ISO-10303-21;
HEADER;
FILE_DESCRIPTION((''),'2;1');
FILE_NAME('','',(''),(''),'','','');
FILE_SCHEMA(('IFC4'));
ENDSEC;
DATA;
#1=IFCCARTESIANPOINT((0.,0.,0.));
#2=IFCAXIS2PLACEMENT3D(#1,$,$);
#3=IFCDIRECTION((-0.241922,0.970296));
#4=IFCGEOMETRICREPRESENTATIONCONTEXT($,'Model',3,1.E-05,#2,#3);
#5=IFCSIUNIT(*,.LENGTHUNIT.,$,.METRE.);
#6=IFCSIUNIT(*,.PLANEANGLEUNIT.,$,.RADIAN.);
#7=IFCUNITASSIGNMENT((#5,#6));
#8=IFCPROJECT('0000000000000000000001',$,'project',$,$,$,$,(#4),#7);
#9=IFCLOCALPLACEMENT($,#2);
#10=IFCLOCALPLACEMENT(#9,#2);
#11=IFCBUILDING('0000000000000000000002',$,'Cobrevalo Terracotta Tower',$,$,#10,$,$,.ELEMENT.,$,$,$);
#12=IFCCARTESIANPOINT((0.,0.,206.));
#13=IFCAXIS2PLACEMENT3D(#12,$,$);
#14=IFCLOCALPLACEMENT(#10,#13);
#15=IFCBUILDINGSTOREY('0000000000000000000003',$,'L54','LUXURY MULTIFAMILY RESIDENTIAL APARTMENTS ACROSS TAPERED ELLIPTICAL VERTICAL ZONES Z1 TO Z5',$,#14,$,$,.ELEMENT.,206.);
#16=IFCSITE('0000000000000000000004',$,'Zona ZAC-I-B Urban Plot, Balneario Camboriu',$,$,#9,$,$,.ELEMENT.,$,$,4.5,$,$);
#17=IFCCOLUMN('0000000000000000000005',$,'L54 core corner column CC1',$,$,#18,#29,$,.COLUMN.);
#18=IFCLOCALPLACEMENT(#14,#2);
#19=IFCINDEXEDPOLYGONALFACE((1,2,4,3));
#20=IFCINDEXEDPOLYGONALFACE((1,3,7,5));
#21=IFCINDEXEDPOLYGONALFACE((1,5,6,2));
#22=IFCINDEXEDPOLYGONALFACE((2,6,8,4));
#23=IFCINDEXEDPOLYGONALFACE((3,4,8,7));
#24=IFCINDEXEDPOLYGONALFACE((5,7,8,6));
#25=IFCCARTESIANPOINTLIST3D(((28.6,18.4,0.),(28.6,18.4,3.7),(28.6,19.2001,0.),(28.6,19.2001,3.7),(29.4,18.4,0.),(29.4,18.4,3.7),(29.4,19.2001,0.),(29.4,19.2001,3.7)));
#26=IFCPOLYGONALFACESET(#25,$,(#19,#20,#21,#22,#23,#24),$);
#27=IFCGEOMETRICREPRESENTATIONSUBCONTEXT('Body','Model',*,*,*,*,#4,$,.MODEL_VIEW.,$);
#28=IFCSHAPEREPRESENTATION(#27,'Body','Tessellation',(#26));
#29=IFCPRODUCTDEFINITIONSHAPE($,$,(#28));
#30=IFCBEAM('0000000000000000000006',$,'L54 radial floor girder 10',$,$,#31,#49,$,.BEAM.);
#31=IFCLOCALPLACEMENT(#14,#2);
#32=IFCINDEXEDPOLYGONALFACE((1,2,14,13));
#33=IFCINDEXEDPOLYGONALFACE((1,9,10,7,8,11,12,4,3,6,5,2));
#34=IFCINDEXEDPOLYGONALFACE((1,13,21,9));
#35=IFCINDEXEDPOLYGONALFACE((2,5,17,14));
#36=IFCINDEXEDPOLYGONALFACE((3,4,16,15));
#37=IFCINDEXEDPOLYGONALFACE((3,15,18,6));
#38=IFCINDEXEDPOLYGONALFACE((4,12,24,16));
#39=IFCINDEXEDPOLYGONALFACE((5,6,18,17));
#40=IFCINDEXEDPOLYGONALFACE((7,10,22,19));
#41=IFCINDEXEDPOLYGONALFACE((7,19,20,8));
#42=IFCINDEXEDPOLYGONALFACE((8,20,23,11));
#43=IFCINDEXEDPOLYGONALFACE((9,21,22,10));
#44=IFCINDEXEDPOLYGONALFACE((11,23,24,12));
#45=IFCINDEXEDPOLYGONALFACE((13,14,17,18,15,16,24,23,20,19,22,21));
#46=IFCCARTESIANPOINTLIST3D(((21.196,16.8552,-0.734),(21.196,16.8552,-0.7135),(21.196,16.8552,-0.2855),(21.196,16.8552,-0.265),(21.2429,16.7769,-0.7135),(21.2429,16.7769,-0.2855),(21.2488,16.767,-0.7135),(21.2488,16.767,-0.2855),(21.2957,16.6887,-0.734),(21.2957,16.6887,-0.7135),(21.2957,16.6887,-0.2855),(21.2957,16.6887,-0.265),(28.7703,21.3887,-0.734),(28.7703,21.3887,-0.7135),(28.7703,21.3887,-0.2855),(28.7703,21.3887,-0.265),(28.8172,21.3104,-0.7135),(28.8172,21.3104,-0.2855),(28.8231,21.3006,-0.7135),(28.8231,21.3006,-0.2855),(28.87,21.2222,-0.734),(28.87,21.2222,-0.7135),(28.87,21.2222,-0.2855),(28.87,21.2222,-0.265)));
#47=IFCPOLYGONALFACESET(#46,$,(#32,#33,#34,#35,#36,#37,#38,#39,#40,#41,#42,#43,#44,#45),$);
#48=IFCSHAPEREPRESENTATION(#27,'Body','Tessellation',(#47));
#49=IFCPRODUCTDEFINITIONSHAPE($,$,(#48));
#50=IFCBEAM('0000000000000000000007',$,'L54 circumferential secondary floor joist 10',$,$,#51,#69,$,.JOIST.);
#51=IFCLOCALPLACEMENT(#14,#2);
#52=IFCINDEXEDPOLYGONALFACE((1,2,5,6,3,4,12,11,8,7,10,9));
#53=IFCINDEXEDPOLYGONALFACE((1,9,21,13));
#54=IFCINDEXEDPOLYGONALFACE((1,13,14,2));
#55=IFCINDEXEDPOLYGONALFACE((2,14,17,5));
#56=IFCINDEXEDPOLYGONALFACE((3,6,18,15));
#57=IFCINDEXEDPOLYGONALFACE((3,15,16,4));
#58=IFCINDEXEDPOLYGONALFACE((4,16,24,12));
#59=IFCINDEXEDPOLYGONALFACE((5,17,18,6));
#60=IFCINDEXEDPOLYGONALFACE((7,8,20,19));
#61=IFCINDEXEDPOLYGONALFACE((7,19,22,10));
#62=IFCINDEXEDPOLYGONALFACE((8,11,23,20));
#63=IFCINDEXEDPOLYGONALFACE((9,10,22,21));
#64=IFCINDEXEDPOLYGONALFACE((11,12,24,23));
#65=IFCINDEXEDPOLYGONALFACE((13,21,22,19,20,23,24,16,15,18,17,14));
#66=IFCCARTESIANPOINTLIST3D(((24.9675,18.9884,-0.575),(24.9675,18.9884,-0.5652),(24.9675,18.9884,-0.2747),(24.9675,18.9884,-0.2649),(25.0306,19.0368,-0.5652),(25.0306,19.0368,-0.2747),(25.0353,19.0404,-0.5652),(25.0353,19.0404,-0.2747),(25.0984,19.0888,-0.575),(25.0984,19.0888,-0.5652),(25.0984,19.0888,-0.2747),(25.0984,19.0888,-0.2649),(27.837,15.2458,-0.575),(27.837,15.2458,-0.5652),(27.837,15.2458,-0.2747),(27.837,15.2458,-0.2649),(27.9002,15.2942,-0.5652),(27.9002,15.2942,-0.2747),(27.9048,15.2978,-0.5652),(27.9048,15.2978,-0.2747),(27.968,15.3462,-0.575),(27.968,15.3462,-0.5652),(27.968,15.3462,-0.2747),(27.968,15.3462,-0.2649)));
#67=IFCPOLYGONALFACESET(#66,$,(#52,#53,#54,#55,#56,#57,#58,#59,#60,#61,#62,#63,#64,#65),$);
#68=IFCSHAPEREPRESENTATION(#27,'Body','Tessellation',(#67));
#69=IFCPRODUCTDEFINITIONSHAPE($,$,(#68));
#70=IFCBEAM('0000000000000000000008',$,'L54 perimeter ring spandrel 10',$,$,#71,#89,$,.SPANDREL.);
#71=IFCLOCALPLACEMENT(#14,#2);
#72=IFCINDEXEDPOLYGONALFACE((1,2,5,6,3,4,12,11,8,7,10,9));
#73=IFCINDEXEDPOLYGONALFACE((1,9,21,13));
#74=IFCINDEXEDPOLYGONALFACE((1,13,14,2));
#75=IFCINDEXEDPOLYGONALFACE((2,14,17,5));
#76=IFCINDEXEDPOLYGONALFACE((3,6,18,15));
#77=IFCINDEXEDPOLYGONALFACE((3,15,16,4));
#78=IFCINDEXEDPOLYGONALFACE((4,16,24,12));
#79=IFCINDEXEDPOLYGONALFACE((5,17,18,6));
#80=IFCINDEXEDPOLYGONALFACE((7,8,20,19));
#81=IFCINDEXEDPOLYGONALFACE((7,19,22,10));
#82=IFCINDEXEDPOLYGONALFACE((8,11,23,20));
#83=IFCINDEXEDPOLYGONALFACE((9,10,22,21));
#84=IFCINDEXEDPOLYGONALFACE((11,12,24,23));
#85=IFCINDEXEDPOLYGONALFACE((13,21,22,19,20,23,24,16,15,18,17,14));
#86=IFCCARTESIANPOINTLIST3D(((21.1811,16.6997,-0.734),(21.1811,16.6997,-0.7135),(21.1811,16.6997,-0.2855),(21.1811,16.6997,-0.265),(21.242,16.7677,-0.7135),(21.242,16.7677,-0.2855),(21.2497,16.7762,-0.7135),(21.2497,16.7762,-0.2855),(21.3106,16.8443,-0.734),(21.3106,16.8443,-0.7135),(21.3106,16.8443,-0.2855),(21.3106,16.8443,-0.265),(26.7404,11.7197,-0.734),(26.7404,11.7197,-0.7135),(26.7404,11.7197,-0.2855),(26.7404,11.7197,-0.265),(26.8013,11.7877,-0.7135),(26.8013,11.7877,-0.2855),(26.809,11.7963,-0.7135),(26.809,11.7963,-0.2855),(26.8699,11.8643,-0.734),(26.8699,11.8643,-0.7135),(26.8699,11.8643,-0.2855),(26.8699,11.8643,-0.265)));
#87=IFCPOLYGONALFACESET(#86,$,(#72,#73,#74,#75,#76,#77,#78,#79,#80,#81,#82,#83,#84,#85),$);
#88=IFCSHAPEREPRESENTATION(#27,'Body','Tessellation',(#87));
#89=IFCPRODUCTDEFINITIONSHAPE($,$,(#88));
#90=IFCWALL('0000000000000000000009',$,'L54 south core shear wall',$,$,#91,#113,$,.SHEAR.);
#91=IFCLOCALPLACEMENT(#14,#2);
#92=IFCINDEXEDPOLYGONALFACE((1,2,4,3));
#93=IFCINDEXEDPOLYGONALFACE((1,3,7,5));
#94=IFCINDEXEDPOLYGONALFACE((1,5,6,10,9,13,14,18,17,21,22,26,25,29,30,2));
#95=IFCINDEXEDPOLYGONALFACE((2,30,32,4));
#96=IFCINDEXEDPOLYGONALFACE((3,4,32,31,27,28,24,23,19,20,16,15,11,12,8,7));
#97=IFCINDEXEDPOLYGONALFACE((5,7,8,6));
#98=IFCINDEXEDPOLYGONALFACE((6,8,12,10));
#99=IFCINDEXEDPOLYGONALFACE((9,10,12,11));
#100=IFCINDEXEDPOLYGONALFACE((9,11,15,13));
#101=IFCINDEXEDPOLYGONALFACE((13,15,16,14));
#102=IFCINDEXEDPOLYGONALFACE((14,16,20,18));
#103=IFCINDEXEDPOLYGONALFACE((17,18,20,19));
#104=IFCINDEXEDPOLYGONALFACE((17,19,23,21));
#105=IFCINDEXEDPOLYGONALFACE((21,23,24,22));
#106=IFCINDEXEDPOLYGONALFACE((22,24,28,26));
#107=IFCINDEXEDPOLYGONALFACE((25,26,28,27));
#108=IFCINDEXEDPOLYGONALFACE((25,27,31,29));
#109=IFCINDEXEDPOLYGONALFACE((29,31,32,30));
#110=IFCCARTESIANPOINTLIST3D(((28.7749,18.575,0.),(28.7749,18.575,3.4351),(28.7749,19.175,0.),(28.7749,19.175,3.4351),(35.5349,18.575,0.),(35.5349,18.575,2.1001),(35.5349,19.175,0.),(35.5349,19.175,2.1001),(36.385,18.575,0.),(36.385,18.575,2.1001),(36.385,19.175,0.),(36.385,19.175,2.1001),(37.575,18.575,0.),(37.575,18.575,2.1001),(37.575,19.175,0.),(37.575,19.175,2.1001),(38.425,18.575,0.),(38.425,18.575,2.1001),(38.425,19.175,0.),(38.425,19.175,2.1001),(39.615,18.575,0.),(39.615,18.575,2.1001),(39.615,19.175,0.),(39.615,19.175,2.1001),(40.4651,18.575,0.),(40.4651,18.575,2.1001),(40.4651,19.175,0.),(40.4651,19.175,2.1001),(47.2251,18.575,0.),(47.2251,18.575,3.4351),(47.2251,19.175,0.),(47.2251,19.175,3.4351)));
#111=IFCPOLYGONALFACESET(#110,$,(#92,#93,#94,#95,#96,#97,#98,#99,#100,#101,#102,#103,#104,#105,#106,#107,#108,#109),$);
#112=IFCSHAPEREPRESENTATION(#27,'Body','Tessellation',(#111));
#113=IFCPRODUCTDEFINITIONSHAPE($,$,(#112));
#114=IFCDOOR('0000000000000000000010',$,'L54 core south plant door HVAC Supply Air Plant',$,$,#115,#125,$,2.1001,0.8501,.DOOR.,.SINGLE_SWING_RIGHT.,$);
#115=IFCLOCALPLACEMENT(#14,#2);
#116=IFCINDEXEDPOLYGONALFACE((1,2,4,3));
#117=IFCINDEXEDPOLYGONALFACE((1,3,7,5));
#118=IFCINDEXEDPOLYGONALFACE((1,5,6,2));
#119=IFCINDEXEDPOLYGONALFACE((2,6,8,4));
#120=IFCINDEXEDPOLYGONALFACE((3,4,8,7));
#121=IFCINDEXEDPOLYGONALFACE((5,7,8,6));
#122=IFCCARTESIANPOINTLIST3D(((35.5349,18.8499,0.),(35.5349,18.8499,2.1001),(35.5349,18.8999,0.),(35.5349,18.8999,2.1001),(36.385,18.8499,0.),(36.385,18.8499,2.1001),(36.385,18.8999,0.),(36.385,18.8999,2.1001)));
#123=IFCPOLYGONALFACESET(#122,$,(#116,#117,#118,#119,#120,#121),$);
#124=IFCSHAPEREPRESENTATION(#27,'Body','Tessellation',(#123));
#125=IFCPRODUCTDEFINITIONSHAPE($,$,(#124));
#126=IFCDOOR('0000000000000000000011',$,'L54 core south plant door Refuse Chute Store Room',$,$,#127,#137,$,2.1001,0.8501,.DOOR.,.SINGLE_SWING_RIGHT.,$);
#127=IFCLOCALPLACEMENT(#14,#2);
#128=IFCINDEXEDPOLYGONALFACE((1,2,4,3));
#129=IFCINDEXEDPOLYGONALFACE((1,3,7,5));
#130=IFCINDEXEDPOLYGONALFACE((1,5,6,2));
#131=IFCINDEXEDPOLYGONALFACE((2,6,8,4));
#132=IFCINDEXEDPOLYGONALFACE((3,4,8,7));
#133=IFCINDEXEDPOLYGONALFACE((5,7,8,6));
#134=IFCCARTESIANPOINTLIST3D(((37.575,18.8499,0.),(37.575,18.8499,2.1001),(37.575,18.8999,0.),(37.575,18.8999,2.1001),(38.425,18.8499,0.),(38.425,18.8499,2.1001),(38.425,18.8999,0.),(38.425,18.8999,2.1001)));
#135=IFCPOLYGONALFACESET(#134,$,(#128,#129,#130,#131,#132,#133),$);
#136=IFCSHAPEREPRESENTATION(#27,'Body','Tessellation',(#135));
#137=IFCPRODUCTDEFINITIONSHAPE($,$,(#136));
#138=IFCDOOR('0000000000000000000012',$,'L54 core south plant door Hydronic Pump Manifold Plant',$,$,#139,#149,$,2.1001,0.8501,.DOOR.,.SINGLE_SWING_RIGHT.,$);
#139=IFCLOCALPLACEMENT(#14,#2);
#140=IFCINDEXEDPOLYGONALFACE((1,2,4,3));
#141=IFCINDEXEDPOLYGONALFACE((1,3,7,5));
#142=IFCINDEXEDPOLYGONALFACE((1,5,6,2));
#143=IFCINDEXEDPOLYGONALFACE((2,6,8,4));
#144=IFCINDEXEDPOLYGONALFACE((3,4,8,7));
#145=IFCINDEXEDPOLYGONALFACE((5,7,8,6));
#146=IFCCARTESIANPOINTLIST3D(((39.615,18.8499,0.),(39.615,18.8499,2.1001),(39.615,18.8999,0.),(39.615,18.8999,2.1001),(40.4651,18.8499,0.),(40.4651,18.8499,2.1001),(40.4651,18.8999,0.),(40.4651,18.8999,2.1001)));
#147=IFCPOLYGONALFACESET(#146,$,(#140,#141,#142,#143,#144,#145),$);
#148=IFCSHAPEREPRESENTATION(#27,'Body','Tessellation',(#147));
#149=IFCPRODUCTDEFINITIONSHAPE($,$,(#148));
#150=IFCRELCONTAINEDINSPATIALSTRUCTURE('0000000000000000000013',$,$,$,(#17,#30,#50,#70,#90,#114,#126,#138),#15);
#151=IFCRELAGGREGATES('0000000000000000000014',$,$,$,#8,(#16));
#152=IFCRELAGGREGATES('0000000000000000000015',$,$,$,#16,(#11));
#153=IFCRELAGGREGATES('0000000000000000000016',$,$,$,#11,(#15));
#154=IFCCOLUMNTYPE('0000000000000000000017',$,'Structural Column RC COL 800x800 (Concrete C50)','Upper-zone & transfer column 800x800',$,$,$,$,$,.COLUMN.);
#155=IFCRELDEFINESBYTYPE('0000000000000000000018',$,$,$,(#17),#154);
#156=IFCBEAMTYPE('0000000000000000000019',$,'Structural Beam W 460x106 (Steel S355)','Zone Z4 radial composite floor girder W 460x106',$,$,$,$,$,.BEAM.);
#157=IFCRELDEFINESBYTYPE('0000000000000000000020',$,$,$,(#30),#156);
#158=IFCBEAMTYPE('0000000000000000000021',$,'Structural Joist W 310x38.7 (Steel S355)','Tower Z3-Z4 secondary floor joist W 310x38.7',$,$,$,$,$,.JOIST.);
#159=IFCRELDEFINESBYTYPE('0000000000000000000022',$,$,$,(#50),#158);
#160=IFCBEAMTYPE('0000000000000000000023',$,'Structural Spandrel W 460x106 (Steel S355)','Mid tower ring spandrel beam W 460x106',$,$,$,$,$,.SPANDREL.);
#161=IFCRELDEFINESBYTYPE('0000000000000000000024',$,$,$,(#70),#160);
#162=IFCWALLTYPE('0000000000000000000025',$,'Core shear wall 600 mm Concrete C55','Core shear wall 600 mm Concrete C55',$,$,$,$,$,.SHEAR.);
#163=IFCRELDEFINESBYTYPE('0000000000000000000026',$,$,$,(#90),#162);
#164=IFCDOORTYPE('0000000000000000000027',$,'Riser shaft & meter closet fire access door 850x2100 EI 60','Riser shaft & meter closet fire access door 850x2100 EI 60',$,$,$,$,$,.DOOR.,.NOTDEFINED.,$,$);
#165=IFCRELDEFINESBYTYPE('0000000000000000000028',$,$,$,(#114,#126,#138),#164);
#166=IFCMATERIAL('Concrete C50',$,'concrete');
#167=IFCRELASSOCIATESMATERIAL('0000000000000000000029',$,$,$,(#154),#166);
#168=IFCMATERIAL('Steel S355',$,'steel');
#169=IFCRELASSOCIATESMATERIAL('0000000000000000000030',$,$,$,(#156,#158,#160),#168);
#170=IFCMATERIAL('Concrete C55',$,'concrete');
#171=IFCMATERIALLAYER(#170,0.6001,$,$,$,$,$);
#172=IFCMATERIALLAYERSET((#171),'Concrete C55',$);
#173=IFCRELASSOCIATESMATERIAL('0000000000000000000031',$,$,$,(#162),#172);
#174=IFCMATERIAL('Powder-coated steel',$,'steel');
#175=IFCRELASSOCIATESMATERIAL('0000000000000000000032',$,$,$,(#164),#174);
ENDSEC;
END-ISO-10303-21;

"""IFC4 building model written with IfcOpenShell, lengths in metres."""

from ifc_helpers import new_model, si_unit, direction, frame, frame_2d, origin, origin_2d, place, context, subcontext, project, spatial, rectangle, i_section, extrude, source, transform, mapped, material, layer, layer_set, material_profile, profile_set, type_object, element, fill, save


model = new_model("IFC4")

# Units and contexts
model_context = context("Model", 3, precision=1e-05, world=origin(), true_north=direction((-0.241922, 0.970296)))
body_context = subcontext(model_context, "Body", "Model", "MODEL_VIEW")
ifc_project = project(units=[si_unit("LENGTHUNIT", "METRE"), si_unit("PLANEANGLEUNIT", "RADIAN")], contexts=[model_context])

# Site, building, storey
site_placement = place(None, origin())
site = spatial("IfcSite", under=ifc_project, at=site_placement, Name="Zona ZAC-I-B Urban Plot, Balneario Camboriu", CompositionType="ELEMENT", RefElevation=4.5)
building_placement = place(site_placement, origin())
building = spatial("IfcBuilding", under=site, at=building_placement, Name="Cobrevalo Terracotta Tower", CompositionType="ELEMENT")
storey_placement = place(building_placement, frame((0.0, 0.0, 206.0)))
storey = spatial("IfcBuildingStorey", under=building, at=storey_placement, Name="L54", Description="LUXURY MULTIFAMILY RESIDENTIAL APARTMENTS ACROSS TAPERED ELLIPTICAL VERTICAL ZONES Z1 TO Z5", CompositionType="ELEMENT", Elevation=206.0)

# Column
ifc_material_1 = material(Name="Concrete C50", Category="concrete")
ifc_material_profile_1 = material_profile(ifc_material_1, rectangle(XDim=0.8, YDim=0.8, at=origin_2d()), Name="RC COL 800x800")
ifc_profile_set_1 = profile_set([ifc_material_profile_1], Name="Concrete C50")
column_type = type_object("IfcColumnType", Name="Structural Column RC COL 800x800 (Concrete C50)", Description="Upper-zone & transfer column 800x800", PredefinedType="COLUMN", material=ifc_profile_set_1)
column_placement = place(storey_placement, frame((29.0, 18.8, 0.0), z_axis=(0.0, 0.0, 1.0), x_axis=(1.0, 0.0, 0.0)))
element("IfcColumn", 1, at=column_placement, inside=storey, type_object=column_type, Name="L54 core corner column CC1", PredefinedType="COLUMN", context=body_context, shape_type="SweptSolid", body=[
    extrude(rectangle(XDim=0.8, YDim=0.8, at=origin_2d()), origin(), (0.0, 0.0, 1.0), 3.7),
])

# Beams
ifc_material_2 = material(Name="Steel S355", Category="steel")
ifc_material_profile_2 = material_profile(ifc_material_2, i_section(OverallWidth=0.1941, OverallDepth=0.469, WebThickness=0.0115, FlangeThickness=0.0205, at=origin_2d()), Name="W 460x106")
ifc_profile_set_2 = profile_set([ifc_material_profile_2], Name="Steel S355")
beam_type_1 = type_object("IfcBeamType", Name="Structural Beam W 460x106 (Steel S355)", Description="Zone Z4 radial composite floor girder W 460x106", PredefinedType="BEAM", material=ifc_profile_set_2)
beam_1_placement = place(storey_placement, frame((21.2458, 16.772, -0.4995), z_axis=(0.858046, 0.513572, 0.0), x_axis=(-0.513572, 0.858046, 0.0)))
element("IfcBeam", 2, at=beam_1_placement, inside=storey, type_object=beam_type_1, Name="L54 radial floor girder 10", PredefinedType="BEAM", context=body_context, shape_type="SweptSolid", body=[
    extrude(i_section(OverallWidth=0.1941, OverallDepth=0.469, WebThickness=0.0115, FlangeThickness=0.0205, at=origin_2d()), origin(), (0.0, 0.0, 1.0), 8.8274),
])
ifc_material_profile_3 = material_profile(ifc_material_2, i_section(OverallWidth=0.165, OverallDepth=0.3101, WebThickness=0.0059, FlangeThickness=0.0098, at=origin_2d()), Name="W 310x38.7")
ifc_profile_set_3 = profile_set([ifc_material_profile_3], Name="Steel S355")
beam_type_2 = type_object("IfcBeamType", Name="Structural Joist W 310x38.7 (Steel S355)", Description="Tower Z3-Z4 secondary floor joist W 310x38.7", PredefinedType="JOIST", material=ifc_profile_set_3)
beam_2_placement = place(storey_placement, frame((25.033, 19.0386, -0.4199), z_axis=(0.608464, -0.793581, 0.0), x_axis=(0.793581, 0.608464, 0.0)))
element("IfcBeam", 3, at=beam_2_placement, inside=storey, type_object=beam_type_2, Name="L54 circumferential secondary floor joist 10", PredefinedType="JOIST", context=body_context, shape_type="SweptSolid", body=[
    extrude(i_section(OverallWidth=0.165, OverallDepth=0.3101, WebThickness=0.0059, FlangeThickness=0.0098, at=origin_2d()), origin(), (0.0, 0.0, 1.0), 4.7161),
])
ifc_material_profile_4 = material_profile(ifc_material_2, i_section(OverallWidth=0.1941, OverallDepth=0.469, WebThickness=0.0115, FlangeThickness=0.0205, at=origin_2d()), Name="W 460x106")
ifc_profile_set_4 = profile_set([ifc_material_profile_4], Name="Steel S355")
beam_type_3 = type_object("IfcBeamType", Name="Structural Spandrel W 460x106 (Steel S355)", Description="Mid tower ring spandrel beam W 460x106", PredefinedType="SPANDREL", material=ifc_profile_set_4)
beam_3_placement = place(storey_placement, frame((21.2458, 16.772, -0.4995), z_axis=(0.744852, -0.66723, 0.0), x_axis=(0.66723, 0.744852, 0.0)))
element("IfcBeam", 4, at=beam_3_placement, inside=storey, type_object=beam_type_3, Name="L54 perimeter ring spandrel 10", PredefinedType="SPANDREL", context=body_context, shape_type="SweptSolid", body=[
    extrude(i_section(OverallWidth=0.1941, OverallDepth=0.469, WebThickness=0.0115, FlangeThickness=0.0205, at=origin_2d()), origin(), (0.0, 0.0, 1.0), 7.4636),
])

# Wall, openings, doors
ifc_material_3 = material(Name="Concrete C55", Category="concrete")
ifc_layer_1 = layer(ifc_material_3, 0.6001)
ifc_layer_set_1 = layer_set([ifc_layer_1], Name="Concrete C55")
wall_type_1 = type_object("IfcWallType", Name="Core shear wall 600 mm Concrete C55", Description="Core shear wall 600 mm Concrete C55", PredefinedType="SHEAR", material=ifc_layer_set_1)
wall_1_placement = place(storey_placement, frame((28.7749, 18.875, 0.0), z_axis=(0.0, 0.0, 1.0), x_axis=(1.0, 0.0, 0.0)))
wall_1 = element("IfcWall", 5, at=wall_1_placement, inside=storey, type_object=wall_type_1, Name="L54 south core shear wall", PredefinedType="SHEAR", context=body_context, shape_type="SweptSolid", body=[
    extrude(rectangle(XDim=18.4502, YDim=0.6001, at=frame_2d((9.2251, 0.0))), origin(), (0.0, 0.0, 1.0), 3.4351),
])
opening_1_placement = place(wall_1_placement, frame((6.76, 0.0, 0.0)))
opening_1 = element("IfcOpeningElement", 6, at=opening_1_placement, cuts=wall_1, PredefinedType="OPENING", context=body_context, shape_type="SweptSolid", body=[
    extrude(rectangle(XDim=0.8501, YDim=2.1001, at=frame_2d((0.425, 1.05))), frame((0.0, 0.3101, 0.0), z_axis=(0.0, -1.0, 0.0), x_axis=(1.0, 0.0, 0.0)), (0.0, 0.0, 1.0), 0.6201),
])
opening_2_placement = place(wall_1_placement, frame((8.8, 0.0, 0.0)))
opening_2 = element("IfcOpeningElement", 7, at=opening_2_placement, cuts=wall_1, PredefinedType="OPENING", context=body_context, shape_type="SweptSolid", body=[
    extrude(rectangle(XDim=0.8501, YDim=2.1001, at=frame_2d((0.425, 1.05))), frame((0.0, 0.3101, 0.0), z_axis=(0.0, -1.0, 0.0), x_axis=(1.0, 0.0, 0.0)), (0.0, 0.0, 1.0), 0.6201),
])
opening_3_placement = place(wall_1_placement, frame((10.8401, 0.0, 0.0)))
opening_3 = element("IfcOpeningElement", 8, at=opening_3_placement, cuts=wall_1, PredefinedType="OPENING", context=body_context, shape_type="SweptSolid", body=[
    extrude(rectangle(XDim=0.8501, YDim=2.1001, at=frame_2d((0.425, 1.05))), frame((0.0, 0.3101, 0.0), z_axis=(0.0, -1.0, 0.0), x_axis=(1.0, 0.0, 0.0)), (0.0, 0.0, 1.0), 0.6201),
])
ifc_material_4 = material(Name="Powder-coated steel", Category="steel")
door_type_1 = type_object("IfcDoorType", Name="Riser shaft & meter closet fire access door 850x2100 EI 60", Description="Riser shaft & meter closet fire access door 850x2100 EI 60", OperationType="NOTDEFINED", PredefinedType="DOOR", material=ifc_material_4)
shared_shape_1 = source(origin(), body_context, "Body", "SweptSolid", [
    extrude(rectangle(XDim=0.8501, YDim=2.1001, at=frame_2d((0.425, 1.05))), frame((0.0, 0.0249, 0.0), z_axis=(0.0, -1.0, 0.0), x_axis=(1.0, 0.0, 0.0)), (0.0, 0.0, 1.0), 0.05),
])
door_1_placement = place(opening_1_placement, origin())
door_1 = element("IfcDoor", 9, at=door_1_placement, inside=storey, type_object=door_type_1, Name="L54 core south plant door HVAC Supply Air Plant", OperationType="SINGLE_SWING_RIGHT", OverallHeight=2.1001, OverallWidth=0.8501, PredefinedType="DOOR", context=body_context, shape_type="MappedRepresentation", body=[
    mapped(shared_shape_1, transform((0.0, 0.0, 0.0), scale=1.0)),
])
fill(opening_1, door_1)
door_2_placement = place(opening_2_placement, origin())
door_2 = element("IfcDoor", 10, at=door_2_placement, inside=storey, type_object=door_type_1, Name="L54 core south plant door Refuse Chute Store Room", OperationType="SINGLE_SWING_RIGHT", OverallHeight=2.1001, OverallWidth=0.8501, PredefinedType="DOOR", context=body_context, shape_type="MappedRepresentation", body=[
    mapped(shared_shape_1, transform((0.0, 0.0, 0.0), scale=1.0)),
])
fill(opening_2, door_2)
door_3_placement = place(opening_3_placement, origin())
door_3 = element("IfcDoor", 11, at=door_3_placement, inside=storey, type_object=door_type_1, Name="L54 core south plant door Hydronic Pump Manifold Plant", OperationType="SINGLE_SWING_RIGHT", OverallHeight=2.1001, OverallWidth=0.8501, PredefinedType="DOOR", context=body_context, shape_type="MappedRepresentation", body=[
    mapped(shared_shape_1, transform((0.0, 0.0, 0.0), scale=1.0)),
])
fill(opening_3, door_3)

save(model, "model.ifc")
